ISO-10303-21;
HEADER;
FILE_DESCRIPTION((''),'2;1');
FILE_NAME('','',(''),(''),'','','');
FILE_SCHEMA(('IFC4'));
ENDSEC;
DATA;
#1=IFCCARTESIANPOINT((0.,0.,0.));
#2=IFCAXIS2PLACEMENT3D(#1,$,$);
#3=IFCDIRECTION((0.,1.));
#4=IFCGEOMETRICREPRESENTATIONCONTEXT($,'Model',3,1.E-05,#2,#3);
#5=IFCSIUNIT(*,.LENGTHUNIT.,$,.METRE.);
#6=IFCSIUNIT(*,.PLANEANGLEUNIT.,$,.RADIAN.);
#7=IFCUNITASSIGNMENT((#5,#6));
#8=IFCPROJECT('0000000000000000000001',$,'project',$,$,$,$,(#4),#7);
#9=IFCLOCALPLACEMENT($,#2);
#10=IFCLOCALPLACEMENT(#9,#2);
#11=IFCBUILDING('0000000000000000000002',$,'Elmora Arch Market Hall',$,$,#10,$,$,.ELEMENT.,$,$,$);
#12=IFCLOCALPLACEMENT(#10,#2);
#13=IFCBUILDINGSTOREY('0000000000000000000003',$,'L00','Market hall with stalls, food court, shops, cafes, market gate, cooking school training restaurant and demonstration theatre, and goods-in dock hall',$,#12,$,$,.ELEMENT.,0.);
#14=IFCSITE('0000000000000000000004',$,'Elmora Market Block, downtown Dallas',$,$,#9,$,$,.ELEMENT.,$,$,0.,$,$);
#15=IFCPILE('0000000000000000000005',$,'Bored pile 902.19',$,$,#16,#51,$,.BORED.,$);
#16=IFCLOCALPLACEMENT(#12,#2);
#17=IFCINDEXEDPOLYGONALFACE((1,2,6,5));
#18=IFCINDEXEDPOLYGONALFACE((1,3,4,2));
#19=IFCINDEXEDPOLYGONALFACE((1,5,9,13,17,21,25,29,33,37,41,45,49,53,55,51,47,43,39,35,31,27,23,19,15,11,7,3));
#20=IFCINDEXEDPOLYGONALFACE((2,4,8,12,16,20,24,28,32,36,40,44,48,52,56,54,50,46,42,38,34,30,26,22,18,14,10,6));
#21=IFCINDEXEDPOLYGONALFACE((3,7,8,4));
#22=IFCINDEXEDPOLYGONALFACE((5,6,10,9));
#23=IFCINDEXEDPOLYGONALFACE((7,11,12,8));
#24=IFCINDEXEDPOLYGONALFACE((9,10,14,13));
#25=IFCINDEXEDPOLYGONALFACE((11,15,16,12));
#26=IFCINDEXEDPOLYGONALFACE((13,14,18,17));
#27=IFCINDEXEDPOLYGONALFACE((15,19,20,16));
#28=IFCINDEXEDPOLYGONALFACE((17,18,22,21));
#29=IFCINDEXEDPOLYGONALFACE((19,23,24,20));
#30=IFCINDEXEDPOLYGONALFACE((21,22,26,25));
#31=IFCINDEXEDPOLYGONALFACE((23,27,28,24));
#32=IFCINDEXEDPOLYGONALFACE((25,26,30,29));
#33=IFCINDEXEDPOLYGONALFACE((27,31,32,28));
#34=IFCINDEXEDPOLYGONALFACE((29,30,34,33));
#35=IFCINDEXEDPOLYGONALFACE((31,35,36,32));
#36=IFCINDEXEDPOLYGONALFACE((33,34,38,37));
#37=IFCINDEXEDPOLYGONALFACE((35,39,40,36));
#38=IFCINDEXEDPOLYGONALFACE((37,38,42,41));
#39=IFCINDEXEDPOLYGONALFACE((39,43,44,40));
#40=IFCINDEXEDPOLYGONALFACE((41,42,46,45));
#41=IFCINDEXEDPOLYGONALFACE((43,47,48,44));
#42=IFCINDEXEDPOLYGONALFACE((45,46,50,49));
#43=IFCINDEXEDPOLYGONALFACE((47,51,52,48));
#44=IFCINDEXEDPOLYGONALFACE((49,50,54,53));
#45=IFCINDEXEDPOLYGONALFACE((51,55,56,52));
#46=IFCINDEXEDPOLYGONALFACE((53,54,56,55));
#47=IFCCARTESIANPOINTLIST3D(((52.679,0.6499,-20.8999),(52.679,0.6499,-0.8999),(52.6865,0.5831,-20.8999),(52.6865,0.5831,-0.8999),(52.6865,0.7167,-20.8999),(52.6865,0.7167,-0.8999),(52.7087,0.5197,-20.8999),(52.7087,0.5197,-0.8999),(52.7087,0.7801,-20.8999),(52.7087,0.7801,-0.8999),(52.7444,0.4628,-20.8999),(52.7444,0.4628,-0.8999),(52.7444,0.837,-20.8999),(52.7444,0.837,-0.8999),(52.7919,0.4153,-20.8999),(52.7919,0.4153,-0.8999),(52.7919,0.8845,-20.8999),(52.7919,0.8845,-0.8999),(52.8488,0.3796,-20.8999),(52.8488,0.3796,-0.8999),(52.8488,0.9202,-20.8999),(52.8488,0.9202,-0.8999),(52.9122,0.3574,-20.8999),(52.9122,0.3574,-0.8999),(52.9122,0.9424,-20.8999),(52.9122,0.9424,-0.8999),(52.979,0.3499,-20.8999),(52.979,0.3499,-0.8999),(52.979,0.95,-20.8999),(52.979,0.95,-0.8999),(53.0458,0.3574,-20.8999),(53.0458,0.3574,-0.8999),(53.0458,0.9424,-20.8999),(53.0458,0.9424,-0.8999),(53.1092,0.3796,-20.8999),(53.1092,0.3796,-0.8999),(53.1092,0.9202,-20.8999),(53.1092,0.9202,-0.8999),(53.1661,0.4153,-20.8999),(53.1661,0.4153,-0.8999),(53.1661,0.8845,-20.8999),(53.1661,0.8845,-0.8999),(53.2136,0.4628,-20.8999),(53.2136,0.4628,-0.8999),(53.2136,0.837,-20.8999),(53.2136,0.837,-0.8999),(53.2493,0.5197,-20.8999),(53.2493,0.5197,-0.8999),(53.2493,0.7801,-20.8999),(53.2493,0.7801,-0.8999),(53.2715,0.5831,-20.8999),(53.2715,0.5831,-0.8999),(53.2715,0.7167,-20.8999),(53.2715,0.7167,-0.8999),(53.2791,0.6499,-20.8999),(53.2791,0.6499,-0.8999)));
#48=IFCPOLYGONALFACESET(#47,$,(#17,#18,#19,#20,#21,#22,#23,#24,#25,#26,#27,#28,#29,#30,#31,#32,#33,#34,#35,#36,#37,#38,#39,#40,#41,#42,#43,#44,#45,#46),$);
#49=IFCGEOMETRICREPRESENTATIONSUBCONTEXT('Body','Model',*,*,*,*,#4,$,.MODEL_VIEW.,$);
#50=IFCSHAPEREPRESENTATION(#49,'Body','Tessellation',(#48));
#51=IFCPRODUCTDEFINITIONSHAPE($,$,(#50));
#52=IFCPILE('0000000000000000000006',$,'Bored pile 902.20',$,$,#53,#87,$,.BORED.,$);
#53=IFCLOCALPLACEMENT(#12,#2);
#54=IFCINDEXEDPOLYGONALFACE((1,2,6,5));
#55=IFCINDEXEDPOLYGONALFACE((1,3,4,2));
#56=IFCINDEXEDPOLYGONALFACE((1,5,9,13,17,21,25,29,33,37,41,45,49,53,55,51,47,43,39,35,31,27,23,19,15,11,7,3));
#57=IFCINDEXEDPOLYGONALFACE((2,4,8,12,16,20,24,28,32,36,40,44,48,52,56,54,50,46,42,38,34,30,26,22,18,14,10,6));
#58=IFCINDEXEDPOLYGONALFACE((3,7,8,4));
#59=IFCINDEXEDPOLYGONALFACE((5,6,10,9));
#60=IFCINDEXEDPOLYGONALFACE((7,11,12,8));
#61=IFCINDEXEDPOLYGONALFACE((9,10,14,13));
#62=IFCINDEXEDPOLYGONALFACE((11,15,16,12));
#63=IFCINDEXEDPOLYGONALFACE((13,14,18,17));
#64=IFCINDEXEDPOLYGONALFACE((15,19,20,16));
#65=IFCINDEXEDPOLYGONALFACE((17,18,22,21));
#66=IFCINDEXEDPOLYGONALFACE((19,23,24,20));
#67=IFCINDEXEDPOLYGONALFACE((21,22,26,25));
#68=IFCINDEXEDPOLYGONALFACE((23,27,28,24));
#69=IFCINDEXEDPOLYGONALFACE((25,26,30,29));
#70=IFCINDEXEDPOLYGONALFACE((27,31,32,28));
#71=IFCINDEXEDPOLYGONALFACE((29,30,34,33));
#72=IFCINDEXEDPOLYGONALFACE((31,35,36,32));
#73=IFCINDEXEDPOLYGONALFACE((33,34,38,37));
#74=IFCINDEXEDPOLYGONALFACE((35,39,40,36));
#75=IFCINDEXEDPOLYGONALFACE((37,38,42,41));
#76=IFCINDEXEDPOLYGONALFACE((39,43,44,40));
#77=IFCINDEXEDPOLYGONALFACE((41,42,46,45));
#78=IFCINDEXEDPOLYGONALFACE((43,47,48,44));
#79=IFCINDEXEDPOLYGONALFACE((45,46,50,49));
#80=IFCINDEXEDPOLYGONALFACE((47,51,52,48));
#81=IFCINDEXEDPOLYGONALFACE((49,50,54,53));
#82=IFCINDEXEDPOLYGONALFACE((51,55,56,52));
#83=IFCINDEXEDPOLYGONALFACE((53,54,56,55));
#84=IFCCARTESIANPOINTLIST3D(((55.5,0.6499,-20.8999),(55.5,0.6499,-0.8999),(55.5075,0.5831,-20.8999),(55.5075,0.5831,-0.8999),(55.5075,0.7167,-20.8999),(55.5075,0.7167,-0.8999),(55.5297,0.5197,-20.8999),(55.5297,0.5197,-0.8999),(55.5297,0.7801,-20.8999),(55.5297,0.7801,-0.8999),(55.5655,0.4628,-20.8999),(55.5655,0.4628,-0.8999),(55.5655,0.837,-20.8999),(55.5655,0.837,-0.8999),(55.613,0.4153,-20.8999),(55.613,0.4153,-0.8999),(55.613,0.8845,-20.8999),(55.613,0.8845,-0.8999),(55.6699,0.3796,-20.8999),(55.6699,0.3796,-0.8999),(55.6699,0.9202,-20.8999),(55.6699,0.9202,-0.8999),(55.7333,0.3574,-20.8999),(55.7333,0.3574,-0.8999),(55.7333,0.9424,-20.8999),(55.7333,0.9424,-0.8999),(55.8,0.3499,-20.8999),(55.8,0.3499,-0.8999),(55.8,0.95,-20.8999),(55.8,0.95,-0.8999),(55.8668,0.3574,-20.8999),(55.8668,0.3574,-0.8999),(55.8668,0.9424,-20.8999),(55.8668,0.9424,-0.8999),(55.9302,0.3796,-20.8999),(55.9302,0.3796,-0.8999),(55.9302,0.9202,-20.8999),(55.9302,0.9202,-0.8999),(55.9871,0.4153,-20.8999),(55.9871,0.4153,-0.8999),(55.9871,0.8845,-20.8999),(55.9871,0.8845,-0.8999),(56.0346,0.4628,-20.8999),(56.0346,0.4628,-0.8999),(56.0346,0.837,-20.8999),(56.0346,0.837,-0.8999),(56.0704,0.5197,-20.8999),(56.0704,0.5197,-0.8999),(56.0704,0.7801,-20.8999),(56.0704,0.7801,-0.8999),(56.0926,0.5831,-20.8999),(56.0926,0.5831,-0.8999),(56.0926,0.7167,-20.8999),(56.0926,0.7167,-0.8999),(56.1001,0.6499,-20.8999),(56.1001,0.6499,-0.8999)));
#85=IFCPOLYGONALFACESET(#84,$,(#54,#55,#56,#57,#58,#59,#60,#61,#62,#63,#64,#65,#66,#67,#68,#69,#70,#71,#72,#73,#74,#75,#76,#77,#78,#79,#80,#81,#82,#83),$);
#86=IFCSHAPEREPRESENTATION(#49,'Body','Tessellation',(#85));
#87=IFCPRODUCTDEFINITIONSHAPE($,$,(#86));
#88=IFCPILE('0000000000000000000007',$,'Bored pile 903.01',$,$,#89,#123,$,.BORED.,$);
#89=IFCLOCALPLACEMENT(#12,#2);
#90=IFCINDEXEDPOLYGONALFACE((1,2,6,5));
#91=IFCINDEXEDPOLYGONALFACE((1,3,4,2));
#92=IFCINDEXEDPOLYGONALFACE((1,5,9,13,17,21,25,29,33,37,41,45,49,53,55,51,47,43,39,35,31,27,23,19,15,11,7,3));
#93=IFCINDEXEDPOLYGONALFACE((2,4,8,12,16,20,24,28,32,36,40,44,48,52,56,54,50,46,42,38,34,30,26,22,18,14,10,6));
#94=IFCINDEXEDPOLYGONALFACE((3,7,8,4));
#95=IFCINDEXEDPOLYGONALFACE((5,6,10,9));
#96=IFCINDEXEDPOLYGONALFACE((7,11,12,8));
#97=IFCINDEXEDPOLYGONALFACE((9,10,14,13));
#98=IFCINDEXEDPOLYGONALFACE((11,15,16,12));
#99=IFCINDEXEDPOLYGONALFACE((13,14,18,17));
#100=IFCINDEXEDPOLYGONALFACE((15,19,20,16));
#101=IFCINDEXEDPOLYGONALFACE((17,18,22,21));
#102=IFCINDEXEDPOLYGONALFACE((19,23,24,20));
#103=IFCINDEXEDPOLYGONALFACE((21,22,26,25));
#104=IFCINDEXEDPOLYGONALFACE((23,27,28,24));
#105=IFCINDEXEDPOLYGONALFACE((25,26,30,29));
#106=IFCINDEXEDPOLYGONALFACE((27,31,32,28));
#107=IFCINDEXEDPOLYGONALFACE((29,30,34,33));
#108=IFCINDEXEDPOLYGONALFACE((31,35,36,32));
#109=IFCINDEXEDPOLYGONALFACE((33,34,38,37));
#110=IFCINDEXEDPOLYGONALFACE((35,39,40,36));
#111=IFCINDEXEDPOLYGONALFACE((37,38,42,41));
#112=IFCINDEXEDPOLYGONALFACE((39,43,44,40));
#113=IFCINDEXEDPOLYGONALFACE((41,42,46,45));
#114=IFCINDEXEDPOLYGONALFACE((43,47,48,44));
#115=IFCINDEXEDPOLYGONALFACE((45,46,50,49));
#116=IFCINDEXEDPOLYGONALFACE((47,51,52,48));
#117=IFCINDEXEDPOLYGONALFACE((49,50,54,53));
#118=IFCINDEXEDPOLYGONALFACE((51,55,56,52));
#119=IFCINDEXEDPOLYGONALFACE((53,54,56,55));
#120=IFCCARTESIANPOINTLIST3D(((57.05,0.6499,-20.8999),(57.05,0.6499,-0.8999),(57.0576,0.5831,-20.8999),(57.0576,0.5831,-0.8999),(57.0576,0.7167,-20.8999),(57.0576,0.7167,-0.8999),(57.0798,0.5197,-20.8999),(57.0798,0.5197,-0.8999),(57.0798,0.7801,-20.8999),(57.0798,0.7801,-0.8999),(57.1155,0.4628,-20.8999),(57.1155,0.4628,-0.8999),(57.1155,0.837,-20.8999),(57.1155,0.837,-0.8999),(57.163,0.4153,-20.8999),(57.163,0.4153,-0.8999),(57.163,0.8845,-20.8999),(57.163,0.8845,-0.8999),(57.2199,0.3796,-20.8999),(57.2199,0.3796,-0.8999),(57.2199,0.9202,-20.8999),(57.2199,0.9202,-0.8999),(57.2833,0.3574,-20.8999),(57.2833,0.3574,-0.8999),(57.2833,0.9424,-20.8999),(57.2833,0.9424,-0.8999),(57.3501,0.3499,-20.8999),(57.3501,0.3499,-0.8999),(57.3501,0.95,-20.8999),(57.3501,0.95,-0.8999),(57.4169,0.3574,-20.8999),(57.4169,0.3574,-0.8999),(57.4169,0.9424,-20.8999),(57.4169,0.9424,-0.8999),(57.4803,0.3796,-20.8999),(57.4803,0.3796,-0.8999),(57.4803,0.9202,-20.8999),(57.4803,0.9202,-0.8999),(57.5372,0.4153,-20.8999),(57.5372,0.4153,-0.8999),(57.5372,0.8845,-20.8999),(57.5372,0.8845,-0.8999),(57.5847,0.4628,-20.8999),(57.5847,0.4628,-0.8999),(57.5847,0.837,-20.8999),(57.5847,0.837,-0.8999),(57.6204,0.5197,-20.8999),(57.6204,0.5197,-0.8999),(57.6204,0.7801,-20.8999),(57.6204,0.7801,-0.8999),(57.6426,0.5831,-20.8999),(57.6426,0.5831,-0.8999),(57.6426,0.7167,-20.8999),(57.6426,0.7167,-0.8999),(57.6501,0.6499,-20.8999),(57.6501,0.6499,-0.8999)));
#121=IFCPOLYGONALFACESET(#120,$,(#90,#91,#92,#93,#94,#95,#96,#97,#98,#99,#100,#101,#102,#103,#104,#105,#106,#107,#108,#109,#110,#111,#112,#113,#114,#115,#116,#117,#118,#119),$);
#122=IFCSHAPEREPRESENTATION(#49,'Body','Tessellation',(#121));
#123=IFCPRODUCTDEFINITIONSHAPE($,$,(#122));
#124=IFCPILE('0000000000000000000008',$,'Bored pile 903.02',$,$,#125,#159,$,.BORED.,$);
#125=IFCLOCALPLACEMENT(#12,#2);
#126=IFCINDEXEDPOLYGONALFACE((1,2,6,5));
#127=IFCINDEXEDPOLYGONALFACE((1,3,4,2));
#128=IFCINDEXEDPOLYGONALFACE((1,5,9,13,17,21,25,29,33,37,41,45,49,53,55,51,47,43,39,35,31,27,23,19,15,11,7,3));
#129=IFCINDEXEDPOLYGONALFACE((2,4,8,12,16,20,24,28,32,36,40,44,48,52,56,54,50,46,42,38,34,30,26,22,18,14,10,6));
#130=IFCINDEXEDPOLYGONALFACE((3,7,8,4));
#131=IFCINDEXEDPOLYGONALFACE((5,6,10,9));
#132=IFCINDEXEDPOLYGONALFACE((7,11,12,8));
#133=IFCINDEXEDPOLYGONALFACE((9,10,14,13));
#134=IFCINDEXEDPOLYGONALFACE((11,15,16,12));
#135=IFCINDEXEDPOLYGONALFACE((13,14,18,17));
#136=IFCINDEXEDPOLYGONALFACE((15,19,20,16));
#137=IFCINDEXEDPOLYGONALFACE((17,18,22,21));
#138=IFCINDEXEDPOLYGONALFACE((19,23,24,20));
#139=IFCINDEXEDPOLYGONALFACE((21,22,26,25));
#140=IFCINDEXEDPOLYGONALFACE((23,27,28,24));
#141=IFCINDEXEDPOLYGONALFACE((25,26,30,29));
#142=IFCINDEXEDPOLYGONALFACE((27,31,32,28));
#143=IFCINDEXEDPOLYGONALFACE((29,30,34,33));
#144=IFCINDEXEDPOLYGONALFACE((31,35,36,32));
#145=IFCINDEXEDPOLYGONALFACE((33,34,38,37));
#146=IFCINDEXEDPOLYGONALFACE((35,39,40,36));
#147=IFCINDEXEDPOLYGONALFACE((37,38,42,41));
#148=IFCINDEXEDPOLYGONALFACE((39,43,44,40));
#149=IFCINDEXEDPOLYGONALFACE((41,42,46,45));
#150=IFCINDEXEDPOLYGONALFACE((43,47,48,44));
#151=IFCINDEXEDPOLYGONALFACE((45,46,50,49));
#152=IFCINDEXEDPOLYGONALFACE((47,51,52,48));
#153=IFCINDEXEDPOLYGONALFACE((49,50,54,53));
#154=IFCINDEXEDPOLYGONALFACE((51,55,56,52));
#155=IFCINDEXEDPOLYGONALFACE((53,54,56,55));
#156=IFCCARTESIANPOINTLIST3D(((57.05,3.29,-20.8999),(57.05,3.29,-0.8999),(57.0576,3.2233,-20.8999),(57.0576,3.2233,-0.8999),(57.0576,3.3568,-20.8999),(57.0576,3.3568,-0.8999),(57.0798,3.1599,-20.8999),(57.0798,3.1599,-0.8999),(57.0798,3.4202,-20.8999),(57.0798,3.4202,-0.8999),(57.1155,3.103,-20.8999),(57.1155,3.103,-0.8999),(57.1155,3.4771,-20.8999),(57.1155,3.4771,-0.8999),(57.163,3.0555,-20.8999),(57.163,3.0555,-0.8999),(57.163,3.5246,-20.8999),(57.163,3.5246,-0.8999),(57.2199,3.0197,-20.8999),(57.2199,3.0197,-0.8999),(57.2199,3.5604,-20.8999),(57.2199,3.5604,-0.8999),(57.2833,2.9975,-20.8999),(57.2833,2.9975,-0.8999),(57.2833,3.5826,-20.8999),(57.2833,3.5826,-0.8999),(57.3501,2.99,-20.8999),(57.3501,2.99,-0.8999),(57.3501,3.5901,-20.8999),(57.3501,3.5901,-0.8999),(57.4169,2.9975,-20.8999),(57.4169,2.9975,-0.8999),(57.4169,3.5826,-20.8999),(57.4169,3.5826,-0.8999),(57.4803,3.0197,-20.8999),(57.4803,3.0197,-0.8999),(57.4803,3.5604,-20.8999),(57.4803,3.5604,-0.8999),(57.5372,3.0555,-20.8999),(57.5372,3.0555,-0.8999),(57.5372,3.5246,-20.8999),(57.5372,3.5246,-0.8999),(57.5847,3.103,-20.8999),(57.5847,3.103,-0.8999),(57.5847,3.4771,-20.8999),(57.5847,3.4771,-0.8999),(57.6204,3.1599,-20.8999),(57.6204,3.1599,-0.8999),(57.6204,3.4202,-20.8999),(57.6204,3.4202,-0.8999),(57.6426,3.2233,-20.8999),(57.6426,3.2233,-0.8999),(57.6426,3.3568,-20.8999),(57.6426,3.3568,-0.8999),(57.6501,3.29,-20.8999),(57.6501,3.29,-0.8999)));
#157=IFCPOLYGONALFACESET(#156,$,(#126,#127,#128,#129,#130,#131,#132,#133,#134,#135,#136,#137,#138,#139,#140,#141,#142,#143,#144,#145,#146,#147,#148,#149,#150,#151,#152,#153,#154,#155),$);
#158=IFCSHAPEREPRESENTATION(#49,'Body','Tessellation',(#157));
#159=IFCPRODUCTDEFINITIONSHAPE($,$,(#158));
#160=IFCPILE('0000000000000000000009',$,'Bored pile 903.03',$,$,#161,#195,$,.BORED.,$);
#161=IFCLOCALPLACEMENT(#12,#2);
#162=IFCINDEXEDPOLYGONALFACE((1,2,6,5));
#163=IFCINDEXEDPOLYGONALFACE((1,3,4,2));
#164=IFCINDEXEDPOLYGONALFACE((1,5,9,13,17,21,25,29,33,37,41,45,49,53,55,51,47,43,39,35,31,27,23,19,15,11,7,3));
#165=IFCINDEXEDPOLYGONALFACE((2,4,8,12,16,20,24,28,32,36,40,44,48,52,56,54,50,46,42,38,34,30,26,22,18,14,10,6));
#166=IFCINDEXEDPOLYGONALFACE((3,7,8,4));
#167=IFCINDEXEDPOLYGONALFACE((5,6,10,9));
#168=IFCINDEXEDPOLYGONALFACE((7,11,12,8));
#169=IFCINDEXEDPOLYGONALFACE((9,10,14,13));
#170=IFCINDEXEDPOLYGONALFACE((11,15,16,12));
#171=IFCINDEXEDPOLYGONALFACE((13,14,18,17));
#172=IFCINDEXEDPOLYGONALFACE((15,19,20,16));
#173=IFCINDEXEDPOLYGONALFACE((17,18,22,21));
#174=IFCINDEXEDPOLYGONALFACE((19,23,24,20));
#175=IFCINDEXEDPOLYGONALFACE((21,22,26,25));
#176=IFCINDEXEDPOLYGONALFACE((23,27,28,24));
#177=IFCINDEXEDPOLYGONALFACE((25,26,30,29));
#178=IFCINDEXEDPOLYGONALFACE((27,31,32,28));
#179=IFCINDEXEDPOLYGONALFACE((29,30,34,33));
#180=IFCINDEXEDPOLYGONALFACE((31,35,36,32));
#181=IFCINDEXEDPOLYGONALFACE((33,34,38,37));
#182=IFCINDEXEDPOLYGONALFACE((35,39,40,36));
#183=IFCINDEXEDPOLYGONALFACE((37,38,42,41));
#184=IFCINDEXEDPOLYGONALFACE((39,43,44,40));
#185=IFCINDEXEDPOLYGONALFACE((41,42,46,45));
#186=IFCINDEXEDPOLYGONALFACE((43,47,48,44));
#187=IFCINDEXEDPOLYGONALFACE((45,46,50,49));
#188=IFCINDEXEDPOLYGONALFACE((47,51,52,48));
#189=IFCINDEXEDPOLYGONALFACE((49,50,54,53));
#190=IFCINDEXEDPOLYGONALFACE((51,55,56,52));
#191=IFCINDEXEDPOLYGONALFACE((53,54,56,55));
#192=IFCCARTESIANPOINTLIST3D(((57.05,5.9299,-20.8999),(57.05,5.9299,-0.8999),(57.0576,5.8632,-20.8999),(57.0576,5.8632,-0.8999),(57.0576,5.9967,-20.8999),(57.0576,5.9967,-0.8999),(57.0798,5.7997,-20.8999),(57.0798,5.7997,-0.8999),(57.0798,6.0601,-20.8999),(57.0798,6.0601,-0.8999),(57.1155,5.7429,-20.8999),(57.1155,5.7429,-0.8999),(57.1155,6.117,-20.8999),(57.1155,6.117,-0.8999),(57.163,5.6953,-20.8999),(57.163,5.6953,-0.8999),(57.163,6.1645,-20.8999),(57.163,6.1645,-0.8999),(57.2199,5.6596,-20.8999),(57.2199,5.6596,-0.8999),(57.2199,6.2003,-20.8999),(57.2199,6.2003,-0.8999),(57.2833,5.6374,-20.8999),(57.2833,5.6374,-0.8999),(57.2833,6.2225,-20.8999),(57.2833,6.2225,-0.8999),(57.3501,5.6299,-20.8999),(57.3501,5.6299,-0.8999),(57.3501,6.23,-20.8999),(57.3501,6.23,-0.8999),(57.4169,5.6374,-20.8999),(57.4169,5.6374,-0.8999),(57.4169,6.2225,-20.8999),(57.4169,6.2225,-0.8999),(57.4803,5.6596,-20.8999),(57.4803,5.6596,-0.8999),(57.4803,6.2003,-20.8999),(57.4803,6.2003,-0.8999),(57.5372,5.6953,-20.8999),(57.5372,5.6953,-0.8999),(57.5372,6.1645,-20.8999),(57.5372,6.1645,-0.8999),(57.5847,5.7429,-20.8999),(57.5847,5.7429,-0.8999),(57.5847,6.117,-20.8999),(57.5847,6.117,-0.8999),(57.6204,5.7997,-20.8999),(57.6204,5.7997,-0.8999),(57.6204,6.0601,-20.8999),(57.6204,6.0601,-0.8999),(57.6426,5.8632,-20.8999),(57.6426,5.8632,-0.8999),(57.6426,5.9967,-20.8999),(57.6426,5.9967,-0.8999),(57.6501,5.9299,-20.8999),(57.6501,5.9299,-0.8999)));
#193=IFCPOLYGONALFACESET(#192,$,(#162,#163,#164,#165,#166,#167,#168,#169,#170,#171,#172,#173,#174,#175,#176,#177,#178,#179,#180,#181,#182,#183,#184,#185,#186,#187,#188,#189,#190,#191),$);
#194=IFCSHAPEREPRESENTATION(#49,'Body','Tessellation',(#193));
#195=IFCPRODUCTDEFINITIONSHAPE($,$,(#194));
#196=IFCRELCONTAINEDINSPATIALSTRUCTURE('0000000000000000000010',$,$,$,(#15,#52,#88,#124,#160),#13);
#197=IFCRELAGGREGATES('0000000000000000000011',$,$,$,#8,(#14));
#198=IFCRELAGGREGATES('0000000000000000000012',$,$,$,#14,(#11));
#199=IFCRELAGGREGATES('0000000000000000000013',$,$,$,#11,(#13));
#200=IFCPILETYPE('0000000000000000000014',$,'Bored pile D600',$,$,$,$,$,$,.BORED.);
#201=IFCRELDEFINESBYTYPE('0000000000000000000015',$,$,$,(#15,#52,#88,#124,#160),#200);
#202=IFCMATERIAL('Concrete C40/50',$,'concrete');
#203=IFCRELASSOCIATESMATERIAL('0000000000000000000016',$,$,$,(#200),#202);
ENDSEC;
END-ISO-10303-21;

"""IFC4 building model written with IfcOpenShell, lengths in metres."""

from ifc_helpers import new_model, si_unit, direction, frame, origin, origin_2d, place, context, subcontext, project, spatial, circle, extrude, material, material_profile, profile_set, type_object, element, save


model = new_model("IFC4")

# Units and contexts
model_context = context("Model", 3, precision=1e-05, world=origin(), true_north=direction((0.0, 1.0)))
body_context = subcontext(model_context, "Body", "Model", "MODEL_VIEW")
ifc_project = project(units=[si_unit("LENGTHUNIT", "METRE"), si_unit("PLANEANGLEUNIT", "RADIAN")], contexts=[model_context])

# Site, building, storey
site_placement = place(None, origin())
site = spatial("IfcSite", under=ifc_project, at=site_placement, Name="Elmora Market Block, downtown Dallas", CompositionType="ELEMENT", RefElevation=0.0)
building_placement = place(site_placement, origin())
building = spatial("IfcBuilding", under=site, at=building_placement, Name="Elmora Arch Market Hall", CompositionType="ELEMENT")
storey_placement = place(building_placement, origin())
storey = spatial("IfcBuildingStorey", under=building, at=storey_placement, Name="L00", Description="Market hall with stalls, food court, shops, cafes, market gate, cooking school training restaurant and demonstration theatre, and goods-in dock hall", CompositionType="ELEMENT", Elevation=0.0)

# Piles
ifc_material_1 = material(Name="Concrete C40/50", Category="concrete")
ifc_material_profile_1 = material_profile(ifc_material_1, circle(Radius=0.3, at=origin_2d()), Name="Bored pile D600")
ifc_profile_set_1 = profile_set([ifc_material_profile_1], Name="Concrete C40/50")
pile_type = type_object("IfcPileType", Name="Bored pile D600", PredefinedType="BORED", material=ifc_profile_set_1)
for number, where, z_axis, x_axis, name in (
    (1, (52.979, 0.6499, -0.8999), (0.0, 0.0, -1.0), (1.0, 0.0, 0.0), "Bored pile 902.19"),
    (2, (55.8, 0.6499, -0.8999), (0.0, 0.0, -1.0), (1.0, 0.0, 0.0), "Bored pile 902.20"),
    (3, (57.3501, 0.6499, -0.8999), (0.0, 0.0, -1.0), (1.0, 0.0, 0.0), "Bored pile 903.01"),
    (4, (57.3501, 3.29, -0.8999), (0.0, 0.0, -1.0), (1.0, 0.0, 0.0), "Bored pile 903.02"),
    (5, (57.3501, 5.9299, -0.8999), (0.0, 0.0, -1.0), (1.0, 0.0, 0.0), "Bored pile 903.03"),
):
    element("IfcPile", number, at=place(storey_placement, frame(where, z_axis=z_axis, x_axis=x_axis)), inside=storey, type_object=pile_type, Name=name, PredefinedType="BORED", context=body_context, shape_type="SweptSolid", body=[
        extrude(circle(Radius=0.3, at=origin_2d()), origin(), (0.0, 0.0, 1.0), 20.0),
    ])

save(model, "model.ifc")
